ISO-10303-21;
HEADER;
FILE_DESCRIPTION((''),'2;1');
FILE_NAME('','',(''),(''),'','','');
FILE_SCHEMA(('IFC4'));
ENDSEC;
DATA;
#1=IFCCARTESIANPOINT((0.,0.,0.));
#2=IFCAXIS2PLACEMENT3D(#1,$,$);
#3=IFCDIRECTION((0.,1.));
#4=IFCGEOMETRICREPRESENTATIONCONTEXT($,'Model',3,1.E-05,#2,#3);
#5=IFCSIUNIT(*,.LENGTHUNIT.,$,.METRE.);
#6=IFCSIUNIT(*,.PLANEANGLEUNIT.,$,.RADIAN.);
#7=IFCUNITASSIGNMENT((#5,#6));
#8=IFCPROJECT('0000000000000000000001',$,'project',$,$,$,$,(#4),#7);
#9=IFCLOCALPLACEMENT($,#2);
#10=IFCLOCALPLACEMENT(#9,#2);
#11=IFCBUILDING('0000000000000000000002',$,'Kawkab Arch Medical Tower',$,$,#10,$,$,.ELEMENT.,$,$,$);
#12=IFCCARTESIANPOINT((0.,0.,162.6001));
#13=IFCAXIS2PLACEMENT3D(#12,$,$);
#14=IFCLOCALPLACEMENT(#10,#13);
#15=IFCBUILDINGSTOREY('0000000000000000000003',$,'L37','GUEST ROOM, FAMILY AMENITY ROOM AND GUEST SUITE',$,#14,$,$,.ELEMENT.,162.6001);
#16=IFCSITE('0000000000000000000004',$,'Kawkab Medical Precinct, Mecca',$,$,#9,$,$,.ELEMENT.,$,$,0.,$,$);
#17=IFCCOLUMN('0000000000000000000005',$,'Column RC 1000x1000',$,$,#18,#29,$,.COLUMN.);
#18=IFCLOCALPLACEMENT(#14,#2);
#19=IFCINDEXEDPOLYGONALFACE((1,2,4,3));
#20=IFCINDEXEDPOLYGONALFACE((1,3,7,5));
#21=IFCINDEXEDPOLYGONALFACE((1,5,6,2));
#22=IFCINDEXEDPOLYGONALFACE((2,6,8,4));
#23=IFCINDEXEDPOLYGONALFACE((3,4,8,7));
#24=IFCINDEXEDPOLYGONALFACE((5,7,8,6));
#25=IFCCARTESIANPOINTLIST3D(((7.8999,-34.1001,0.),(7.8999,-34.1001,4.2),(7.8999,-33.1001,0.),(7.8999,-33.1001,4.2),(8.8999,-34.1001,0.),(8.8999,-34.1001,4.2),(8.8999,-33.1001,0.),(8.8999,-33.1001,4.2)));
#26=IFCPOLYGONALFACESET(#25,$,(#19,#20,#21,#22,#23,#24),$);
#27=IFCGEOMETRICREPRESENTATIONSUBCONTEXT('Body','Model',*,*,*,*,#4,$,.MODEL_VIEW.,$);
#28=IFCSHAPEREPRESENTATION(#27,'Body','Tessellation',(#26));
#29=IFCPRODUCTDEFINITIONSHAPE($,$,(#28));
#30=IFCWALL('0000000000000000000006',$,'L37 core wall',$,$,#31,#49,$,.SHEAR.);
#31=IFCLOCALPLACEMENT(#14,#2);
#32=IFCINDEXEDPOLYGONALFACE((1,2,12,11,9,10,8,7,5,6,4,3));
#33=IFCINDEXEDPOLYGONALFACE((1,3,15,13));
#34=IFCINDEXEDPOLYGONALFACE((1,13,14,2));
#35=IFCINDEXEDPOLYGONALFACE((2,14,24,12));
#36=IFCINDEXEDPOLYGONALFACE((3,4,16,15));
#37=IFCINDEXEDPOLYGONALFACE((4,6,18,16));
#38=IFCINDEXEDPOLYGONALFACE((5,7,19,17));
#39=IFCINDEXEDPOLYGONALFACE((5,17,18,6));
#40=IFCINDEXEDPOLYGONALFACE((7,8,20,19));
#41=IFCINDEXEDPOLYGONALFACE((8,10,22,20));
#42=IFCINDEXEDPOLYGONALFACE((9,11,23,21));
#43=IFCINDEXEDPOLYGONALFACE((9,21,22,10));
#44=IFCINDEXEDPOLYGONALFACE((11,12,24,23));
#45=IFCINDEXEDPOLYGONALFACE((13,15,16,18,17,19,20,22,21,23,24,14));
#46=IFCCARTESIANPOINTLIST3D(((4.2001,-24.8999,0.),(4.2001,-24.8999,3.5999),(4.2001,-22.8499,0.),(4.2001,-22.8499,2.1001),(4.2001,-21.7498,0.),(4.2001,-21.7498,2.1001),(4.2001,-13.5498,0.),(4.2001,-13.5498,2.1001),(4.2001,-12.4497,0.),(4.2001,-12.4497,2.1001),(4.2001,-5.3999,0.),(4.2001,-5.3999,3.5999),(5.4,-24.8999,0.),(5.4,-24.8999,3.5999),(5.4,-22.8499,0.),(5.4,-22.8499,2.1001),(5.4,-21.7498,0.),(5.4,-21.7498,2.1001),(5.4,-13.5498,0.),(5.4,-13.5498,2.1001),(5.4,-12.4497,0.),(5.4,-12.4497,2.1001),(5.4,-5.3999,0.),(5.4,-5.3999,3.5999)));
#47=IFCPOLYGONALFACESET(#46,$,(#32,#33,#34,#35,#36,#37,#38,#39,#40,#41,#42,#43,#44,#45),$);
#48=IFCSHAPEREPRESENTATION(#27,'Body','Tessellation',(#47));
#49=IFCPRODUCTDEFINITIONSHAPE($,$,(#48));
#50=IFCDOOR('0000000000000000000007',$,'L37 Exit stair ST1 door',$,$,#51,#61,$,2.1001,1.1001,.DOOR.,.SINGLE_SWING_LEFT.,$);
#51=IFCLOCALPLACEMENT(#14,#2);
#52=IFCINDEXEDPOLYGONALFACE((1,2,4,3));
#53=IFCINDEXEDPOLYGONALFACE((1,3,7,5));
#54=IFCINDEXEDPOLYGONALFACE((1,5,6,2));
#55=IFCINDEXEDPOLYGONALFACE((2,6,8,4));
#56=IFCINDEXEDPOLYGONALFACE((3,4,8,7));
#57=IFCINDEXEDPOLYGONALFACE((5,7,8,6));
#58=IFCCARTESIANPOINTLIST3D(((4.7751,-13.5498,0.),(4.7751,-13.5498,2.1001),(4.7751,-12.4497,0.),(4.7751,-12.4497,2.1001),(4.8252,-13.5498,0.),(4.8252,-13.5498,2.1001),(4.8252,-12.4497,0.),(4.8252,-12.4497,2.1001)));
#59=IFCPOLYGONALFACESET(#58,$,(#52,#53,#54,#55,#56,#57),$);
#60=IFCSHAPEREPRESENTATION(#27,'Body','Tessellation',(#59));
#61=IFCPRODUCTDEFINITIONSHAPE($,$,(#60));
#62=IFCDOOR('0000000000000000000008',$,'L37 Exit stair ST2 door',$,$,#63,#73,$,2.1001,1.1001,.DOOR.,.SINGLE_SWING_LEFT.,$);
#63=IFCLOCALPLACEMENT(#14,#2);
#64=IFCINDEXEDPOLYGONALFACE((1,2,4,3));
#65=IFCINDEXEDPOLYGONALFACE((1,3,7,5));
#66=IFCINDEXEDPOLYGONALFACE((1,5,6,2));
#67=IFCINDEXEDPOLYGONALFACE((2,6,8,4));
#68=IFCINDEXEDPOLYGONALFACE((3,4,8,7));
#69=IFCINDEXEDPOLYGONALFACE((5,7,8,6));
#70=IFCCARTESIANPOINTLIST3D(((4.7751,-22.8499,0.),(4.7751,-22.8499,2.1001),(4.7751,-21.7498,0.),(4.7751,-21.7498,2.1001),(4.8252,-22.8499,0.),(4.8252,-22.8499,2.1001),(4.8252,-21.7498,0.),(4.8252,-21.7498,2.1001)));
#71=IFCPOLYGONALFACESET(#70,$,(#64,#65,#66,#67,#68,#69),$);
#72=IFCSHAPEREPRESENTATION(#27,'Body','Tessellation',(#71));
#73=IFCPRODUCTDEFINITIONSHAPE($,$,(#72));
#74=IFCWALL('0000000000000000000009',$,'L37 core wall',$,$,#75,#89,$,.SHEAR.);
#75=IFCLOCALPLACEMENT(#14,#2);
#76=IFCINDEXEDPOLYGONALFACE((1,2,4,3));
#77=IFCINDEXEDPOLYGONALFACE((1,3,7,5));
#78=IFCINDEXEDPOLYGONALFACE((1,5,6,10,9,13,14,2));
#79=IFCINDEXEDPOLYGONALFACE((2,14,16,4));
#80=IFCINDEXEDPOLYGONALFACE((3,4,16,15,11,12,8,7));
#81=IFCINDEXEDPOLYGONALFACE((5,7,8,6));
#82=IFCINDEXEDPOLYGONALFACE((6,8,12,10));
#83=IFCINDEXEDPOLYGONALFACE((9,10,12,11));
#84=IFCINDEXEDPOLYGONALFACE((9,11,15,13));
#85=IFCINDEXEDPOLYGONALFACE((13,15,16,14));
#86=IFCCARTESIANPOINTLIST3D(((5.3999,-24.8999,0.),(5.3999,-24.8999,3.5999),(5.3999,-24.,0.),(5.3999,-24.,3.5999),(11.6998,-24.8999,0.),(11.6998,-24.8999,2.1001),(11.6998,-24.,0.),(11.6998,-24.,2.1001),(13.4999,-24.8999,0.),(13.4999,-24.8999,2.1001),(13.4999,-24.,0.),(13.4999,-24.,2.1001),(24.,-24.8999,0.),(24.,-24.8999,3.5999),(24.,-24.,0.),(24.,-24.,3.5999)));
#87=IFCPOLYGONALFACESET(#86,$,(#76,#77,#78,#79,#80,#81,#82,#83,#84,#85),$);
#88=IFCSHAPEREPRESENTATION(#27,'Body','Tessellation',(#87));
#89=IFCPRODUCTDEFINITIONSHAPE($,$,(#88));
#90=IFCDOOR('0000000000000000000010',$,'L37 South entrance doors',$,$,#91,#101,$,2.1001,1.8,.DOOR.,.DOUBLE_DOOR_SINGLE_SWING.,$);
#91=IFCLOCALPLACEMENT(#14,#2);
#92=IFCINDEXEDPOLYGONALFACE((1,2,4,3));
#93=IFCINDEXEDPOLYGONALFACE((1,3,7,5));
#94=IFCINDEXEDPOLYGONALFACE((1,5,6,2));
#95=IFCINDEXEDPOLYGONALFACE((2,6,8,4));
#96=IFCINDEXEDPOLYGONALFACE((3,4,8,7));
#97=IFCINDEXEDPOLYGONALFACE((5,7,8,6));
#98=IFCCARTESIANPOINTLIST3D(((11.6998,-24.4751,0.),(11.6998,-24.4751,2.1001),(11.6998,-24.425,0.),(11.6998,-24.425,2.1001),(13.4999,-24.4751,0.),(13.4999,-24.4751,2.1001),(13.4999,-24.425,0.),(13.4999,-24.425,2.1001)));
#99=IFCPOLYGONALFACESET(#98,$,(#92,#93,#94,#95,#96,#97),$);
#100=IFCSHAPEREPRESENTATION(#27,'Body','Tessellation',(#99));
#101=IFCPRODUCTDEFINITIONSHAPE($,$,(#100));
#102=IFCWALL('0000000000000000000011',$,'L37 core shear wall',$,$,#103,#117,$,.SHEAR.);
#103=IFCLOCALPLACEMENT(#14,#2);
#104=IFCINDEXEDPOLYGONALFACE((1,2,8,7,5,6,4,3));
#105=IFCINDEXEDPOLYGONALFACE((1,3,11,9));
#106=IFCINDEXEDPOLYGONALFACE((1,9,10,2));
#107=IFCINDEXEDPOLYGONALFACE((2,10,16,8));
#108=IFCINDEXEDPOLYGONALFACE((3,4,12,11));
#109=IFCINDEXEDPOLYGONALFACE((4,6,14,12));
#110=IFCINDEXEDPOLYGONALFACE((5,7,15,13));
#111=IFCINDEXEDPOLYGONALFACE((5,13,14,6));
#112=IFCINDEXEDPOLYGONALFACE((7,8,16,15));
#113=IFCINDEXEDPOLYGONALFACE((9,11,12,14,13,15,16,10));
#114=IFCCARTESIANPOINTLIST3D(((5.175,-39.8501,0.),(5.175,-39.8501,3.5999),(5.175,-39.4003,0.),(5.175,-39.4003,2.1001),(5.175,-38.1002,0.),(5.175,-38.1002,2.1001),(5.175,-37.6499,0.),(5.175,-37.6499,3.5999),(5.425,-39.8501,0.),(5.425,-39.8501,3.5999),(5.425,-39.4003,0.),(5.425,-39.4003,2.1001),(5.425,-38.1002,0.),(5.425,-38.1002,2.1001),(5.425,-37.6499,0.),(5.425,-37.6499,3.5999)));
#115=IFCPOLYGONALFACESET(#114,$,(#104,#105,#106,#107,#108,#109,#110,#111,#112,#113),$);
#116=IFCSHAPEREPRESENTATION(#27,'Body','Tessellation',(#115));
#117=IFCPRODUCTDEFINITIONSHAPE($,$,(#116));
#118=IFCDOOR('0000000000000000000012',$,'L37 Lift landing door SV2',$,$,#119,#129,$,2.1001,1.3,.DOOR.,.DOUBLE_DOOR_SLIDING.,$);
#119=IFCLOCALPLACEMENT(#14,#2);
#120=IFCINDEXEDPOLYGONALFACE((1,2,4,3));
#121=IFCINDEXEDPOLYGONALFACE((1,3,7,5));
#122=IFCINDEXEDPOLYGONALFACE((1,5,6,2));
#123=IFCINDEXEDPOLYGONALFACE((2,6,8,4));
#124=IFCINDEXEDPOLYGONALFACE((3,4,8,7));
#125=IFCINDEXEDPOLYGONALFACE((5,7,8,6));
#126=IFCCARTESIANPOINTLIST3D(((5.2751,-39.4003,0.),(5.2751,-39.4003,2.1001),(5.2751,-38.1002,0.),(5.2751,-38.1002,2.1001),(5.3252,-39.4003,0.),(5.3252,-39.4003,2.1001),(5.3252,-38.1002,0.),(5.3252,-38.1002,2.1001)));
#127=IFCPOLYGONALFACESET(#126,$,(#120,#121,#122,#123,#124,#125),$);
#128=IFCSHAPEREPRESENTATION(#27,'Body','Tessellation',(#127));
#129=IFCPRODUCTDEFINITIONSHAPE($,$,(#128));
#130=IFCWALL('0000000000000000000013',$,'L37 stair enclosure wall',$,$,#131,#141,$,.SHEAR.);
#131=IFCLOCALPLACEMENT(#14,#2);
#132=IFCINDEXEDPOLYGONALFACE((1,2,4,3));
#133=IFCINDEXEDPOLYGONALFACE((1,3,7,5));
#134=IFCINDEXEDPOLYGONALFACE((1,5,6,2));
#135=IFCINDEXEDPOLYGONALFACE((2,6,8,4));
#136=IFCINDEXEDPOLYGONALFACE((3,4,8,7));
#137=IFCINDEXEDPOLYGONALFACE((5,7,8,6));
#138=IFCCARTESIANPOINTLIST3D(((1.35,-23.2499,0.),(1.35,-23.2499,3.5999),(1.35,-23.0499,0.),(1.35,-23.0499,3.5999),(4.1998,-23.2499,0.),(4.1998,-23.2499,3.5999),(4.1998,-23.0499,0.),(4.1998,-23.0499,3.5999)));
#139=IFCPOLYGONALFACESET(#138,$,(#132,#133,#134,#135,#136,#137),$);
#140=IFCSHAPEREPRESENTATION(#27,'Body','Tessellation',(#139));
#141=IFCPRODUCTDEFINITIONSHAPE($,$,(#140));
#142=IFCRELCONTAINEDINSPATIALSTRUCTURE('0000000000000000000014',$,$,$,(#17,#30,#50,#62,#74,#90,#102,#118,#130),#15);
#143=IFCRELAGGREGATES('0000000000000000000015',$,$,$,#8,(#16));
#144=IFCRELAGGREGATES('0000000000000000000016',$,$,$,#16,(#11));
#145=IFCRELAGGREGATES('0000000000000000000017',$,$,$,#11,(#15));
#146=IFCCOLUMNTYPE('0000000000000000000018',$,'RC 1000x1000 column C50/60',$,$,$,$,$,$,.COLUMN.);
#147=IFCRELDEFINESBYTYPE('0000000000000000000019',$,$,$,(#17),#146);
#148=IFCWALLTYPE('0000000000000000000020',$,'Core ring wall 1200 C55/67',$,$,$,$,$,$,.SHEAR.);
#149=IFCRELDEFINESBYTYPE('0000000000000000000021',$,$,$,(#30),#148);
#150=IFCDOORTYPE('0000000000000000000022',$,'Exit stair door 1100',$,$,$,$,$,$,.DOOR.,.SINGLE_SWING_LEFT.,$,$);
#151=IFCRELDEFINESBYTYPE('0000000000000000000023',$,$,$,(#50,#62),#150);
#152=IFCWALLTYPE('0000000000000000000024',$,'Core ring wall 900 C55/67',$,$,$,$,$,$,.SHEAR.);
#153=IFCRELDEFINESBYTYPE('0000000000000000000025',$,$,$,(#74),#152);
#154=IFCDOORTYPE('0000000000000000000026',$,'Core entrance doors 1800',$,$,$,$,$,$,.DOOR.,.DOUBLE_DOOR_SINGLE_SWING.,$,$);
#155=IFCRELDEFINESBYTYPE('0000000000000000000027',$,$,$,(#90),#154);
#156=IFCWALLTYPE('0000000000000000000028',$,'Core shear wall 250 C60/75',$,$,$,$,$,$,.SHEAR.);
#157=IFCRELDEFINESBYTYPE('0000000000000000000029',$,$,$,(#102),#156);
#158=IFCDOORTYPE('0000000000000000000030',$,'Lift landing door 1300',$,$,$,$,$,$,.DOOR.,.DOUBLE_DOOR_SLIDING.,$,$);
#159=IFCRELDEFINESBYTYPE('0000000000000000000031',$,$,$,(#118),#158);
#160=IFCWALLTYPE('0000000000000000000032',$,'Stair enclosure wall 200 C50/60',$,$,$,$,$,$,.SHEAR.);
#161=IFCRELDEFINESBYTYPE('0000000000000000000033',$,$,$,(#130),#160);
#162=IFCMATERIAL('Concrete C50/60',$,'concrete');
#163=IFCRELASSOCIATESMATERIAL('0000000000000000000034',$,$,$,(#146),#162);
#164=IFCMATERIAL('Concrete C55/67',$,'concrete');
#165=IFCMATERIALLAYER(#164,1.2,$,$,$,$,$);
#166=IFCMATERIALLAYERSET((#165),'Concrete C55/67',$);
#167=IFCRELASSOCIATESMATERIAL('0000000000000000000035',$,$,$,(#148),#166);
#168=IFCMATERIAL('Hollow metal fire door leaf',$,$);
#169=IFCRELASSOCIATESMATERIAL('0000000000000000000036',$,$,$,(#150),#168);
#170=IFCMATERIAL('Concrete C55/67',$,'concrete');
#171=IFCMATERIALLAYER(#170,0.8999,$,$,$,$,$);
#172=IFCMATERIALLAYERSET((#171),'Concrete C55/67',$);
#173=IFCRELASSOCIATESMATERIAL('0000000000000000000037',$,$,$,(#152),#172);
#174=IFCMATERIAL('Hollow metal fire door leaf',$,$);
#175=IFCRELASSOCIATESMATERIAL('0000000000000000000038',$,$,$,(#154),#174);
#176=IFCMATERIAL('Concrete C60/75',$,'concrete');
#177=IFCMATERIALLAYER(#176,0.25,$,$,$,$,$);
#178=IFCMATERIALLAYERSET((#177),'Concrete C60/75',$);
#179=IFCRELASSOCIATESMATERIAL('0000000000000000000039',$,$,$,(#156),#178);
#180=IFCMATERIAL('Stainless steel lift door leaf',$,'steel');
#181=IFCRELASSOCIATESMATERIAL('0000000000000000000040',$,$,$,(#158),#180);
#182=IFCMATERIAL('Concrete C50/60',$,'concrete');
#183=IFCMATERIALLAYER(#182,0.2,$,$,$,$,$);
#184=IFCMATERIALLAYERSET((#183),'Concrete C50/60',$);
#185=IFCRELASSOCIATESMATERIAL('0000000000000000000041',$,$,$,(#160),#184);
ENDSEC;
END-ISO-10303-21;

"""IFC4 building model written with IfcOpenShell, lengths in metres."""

from ifc_helpers import new_model, si_unit, direction, frame, frame_2d, origin, origin_2d, place, context, subcontext, project, spatial, rectangle, extrude, material, layer, layer_set, material_profile, profile_set, type_object, element, fill, save


model = new_model("IFC4")

# Units and contexts
model_context = context("Model", 3, precision=1e-05, world=origin(), true_north=direction((0.0, 1.0)))
body_context = subcontext(model_context, "Body", "Model", "MODEL_VIEW")
ifc_project = project(units=[si_unit("LENGTHUNIT", "METRE"), si_unit("PLANEANGLEUNIT", "RADIAN")], contexts=[model_context])

# Site, building, storey
site_placement = place(None, origin())
site = spatial("IfcSite", under=ifc_project, at=site_placement, Name="Kawkab Medical Precinct, Mecca", CompositionType="ELEMENT", RefElevation=0.0)
building_placement = place(site_placement, origin())
building = spatial("IfcBuilding", under=site, at=building_placement, Name="Kawkab Arch Medical Tower", CompositionType="ELEMENT")
storey_placement = place(building_placement, frame((0.0, 0.0, 162.6001)))
storey = spatial("IfcBuildingStorey", under=building, at=storey_placement, Name="L37", Description="GUEST ROOM, FAMILY AMENITY ROOM AND GUEST SUITE", CompositionType="ELEMENT", Elevation=162.6001)

# Column
ifc_material_1 = material(Name="Concrete C50/60", Category="concrete")
ifc_material_profile = material_profile(ifc_material_1, rectangle(XDim=1.0, YDim=1.0, at=origin_2d()), Name="RC 1000x1000")
ifc_profile_set = profile_set([ifc_material_profile], Name="Concrete C50/60")
column_type = type_object("IfcColumnType", Name="RC 1000x1000 column C50/60", PredefinedType="COLUMN", material=ifc_profile_set)
column_placement = place(storey_placement, frame((8.3999, -33.6001, 0.0), z_axis=(0.0, 0.0, 1.0), x_axis=(1.0, 0.0, 0.0)))
element("IfcColumn", 1, at=column_placement, inside=storey, type_object=column_type, Name="Column RC 1000x1000", PredefinedType="COLUMN", context=body_context, shape_type="SweptSolid", body=[
    extrude(rectangle(XDim=1.0, YDim=1.0, at=origin_2d()), origin(), (0.0, 0.0, 1.0), 4.2),
])

# Wall, openings, doors
ifc_material_2 = material(Name="Concrete C55/67", Category="concrete")
ifc_layer_1 = layer(ifc_material_2, 1.2)
ifc_layer_set_1 = layer_set([ifc_layer_1], Name="Concrete C55/67")
wall_type_1 = type_object("IfcWallType", Name="Core ring wall 1200 C55/67", PredefinedType="SHEAR", material=ifc_layer_set_1)
wall_1_placement = place(storey_placement, frame((4.8, -24.8999, 0.0), z_axis=(0.0, 0.0, 1.0), x_axis=(0.0, 1.0, 0.0)))
wall_1 = element("IfcWall", 2, at=wall_1_placement, inside=storey, type_object=wall_type_1, Name="L37 core wall", PredefinedType="SHEAR", context=body_context, shape_type="SweptSolid", body=[
    extrude(rectangle(XDim=19.5, YDim=1.2, at=frame_2d((9.75, 0.0))), origin(), (0.0, 0.0, 1.0), 3.5999),
])
opening_1_placement = place(wall_1_placement, frame((11.3501, 0.0, 0.0)))
opening_1 = element("IfcOpeningElement", 3, at=opening_1_placement, cuts=wall_1, PredefinedType="OPENING", context=body_context, shape_type="SweptSolid", body=[
    extrude(rectangle(XDim=1.1001, YDim=2.1001, at=frame_2d((0.55, 1.05))), frame((0.0, 0.6099, 0.0), z_axis=(0.0, -1.0, 0.0), x_axis=(1.0, 0.0, 0.0)), (0.0, 0.0, 1.0), 1.22),
])
opening_2_placement = place(wall_1_placement, frame((2.05, 0.0, 0.0)))
opening_2 = element("IfcOpeningElement", 4, at=opening_2_placement, cuts=wall_1, PredefinedType="OPENING", context=body_context, shape_type="SweptSolid", body=[
    extrude(rectangle(XDim=1.1001, YDim=2.1001, at=frame_2d((0.55, 1.05))), frame((0.0, 0.6099, 0.0), z_axis=(0.0, -1.0, 0.0), x_axis=(1.0, 0.0, 0.0)), (0.0, 0.0, 1.0), 1.22),
])
ifc_material_3 = material(Name="Hollow metal fire door leaf")
door_type_1 = type_object("IfcDoorType", Name="Exit stair door 1100", OperationType="SINGLE_SWING_LEFT", PredefinedType="DOOR", material=ifc_material_3)
door_1_placement = place(opening_1_placement, origin())
door_1 = element("IfcDoor", 5, at=door_1_placement, inside=storey, type_object=door_type_1, Name="L37 Exit stair ST1 door", OperationType="SINGLE_SWING_LEFT", OverallHeight=2.1001, OverallWidth=1.1001, PredefinedType="DOOR", context=body_context, shape_type="SweptSolid", body=[
    extrude(rectangle(XDim=1.1001, YDim=2.1001, at=frame_2d((0.55, 1.05))), frame((0.0, 0.0249, 0.0), z_axis=(0.0, -1.0, 0.0), x_axis=(1.0, 0.0, 0.0)), (0.0, 0.0, 1.0), 0.05),
])
fill(opening_1, door_1)
door_2_placement = place(opening_2_placement, origin())
door_2 = element("IfcDoor", 6, at=door_2_placement, inside=storey, type_object=door_type_1, Name="L37 Exit stair ST2 door", OperationType="SINGLE_SWING_LEFT", OverallHeight=2.1001, OverallWidth=1.1001, PredefinedType="DOOR", context=body_context, shape_type="SweptSolid", body=[
    extrude(rectangle(XDim=1.1001, YDim=2.1001, at=frame_2d((0.55, 1.05))), frame((0.0, 0.0249, 0.0), z_axis=(0.0, -1.0, 0.0), x_axis=(1.0, 0.0, 0.0)), (0.0, 0.0, 1.0), 0.05),
])
fill(opening_2, door_2)

# Walls, openings, doors
ifc_material_4 = material(Name="Concrete C55/67", Category="concrete")
ifc_layer_2 = layer(ifc_material_4, 0.8999)
ifc_layer_set_2 = layer_set([ifc_layer_2], Name="Concrete C55/67")
wall_type_2 = type_object("IfcWallType", Name="Core ring wall 900 C55/67", PredefinedType="SHEAR", material=ifc_layer_set_2)
wall_2_placement = place(storey_placement, frame((5.3999, -24.45, 0.0), z_axis=(0.0, 0.0, 1.0), x_axis=(1.0, 0.0, 0.0)))
wall_2 = element("IfcWall", 7, at=wall_2_placement, inside=storey, type_object=wall_type_2, Name="L37 core wall", PredefinedType="SHEAR", context=body_context, shape_type="SweptSolid", body=[
    extrude(rectangle(XDim=18.6001, YDim=0.8999, at=frame_2d((9.3, 0.0))), origin(), (0.0, 0.0, 1.0), 3.5999),
])
opening_3_placement = place(wall_2_placement, frame((6.3, 0.0, 0.0)))
opening_3 = element("IfcOpeningElement", 8, at=opening_3_placement, cuts=wall_2, PredefinedType="OPENING", context=body_context, shape_type="SweptSolid", body=[
    extrude(rectangle(XDim=1.8, YDim=2.1001, at=frame_2d((0.8999, 1.05))), frame((0.0, 0.46, 0.0), z_axis=(0.0, -1.0, 0.0), x_axis=(1.0, 0.0, 0.0)), (0.0, 0.0, 1.0), 0.9199),
])
ifc_material_5 = material(Name="Hollow metal fire door leaf")
door_type_2 = type_object("IfcDoorType", Name="Core entrance doors 1800", OperationType="DOUBLE_DOOR_SINGLE_SWING", PredefinedType="DOOR", material=ifc_material_5)
door_3_placement = place(opening_3_placement, origin())
door_3 = element("IfcDoor", 9, at=door_3_placement, inside=storey, type_object=door_type_2, Name="L37 South entrance doors", OperationType="DOUBLE_DOOR_SINGLE_SWING", OverallHeight=2.1001, OverallWidth=1.8, PredefinedType="DOOR", context=body_context, shape_type="SweptSolid", body=[
    extrude(rectangle(XDim=1.8, YDim=2.1001, at=frame_2d((0.8999, 1.05))), frame((0.0, 0.0249, 0.0), z_axis=(0.0, -1.0, 0.0), x_axis=(1.0, 0.0, 0.0)), (0.0, 0.0, 1.0), 0.05),
])
fill(opening_3, door_3)
ifc_material_6 = material(Name="Concrete C60/75", Category="concrete")
ifc_layer_3 = layer(ifc_material_6, 0.25)
ifc_layer_set_3 = layer_set([ifc_layer_3], Name="Concrete C60/75")
wall_type_3 = type_object("IfcWallType", Name="Core shear wall 250 C60/75", PredefinedType="SHEAR", material=ifc_layer_set_3)
wall_3_placement = place(storey_placement, frame((5.3, -39.8501, 0.0), z_axis=(0.0, 0.0, 1.0), x_axis=(0.0, 1.0, 0.0)))
wall_3 = element("IfcWall", 10, at=wall_3_placement, inside=storey, type_object=wall_type_3, Name="L37 core shear wall", PredefinedType="SHEAR", context=body_context, shape_type="SweptSolid", body=[
    extrude(rectangle(XDim=2.2002, YDim=0.25, at=frame_2d((1.1001, 0.0))), origin(), (0.0, 0.0, 1.0), 3.5999),
])
opening_4_placement = place(wall_3_placement, frame((0.45, 0.0, 0.0)))
opening_4 = element("IfcOpeningElement", 11, at=opening_4_placement, cuts=wall_3, PredefinedType="OPENING", context=body_context, shape_type="SweptSolid", body=[
    extrude(rectangle(XDim=1.3, YDim=2.1001, at=frame_2d((0.6499, 1.05))), frame((0.0, 0.135, 0.0), z_axis=(0.0, -1.0, 0.0), x_axis=(1.0, 0.0, 0.0)), (0.0, 0.0, 1.0), 0.27),
])
ifc_material_7 = material(Name="Stainless steel lift door leaf", Category="steel")
door_type_3 = type_object("IfcDoorType", Name="Lift landing door 1300", OperationType="DOUBLE_DOOR_SLIDING", PredefinedType="DOOR", material=ifc_material_7)
door_4_placement = place(opening_4_placement, origin())
door_4 = element("IfcDoor", 12, at=door_4_placement, inside=storey, type_object=door_type_3, Name="L37 Lift landing door SV2", OperationType="DOUBLE_DOOR_SLIDING", OverallHeight=2.1001, OverallWidth=1.3, PredefinedType="DOOR", context=body_context, shape_type="SweptSolid", body=[
    extrude(rectangle(XDim=1.3, YDim=2.1001, at=frame_2d((0.6499, 1.05))), frame((0.0, 0.0249, 0.0), z_axis=(0.0, -1.0, 0.0), x_axis=(1.0, 0.0, 0.0)), (0.0, 0.0, 1.0), 0.05),
])
fill(opening_4, door_4)

# Wall
ifc_material_8 = material(Name="Concrete C50/60", Category="concrete")
ifc_layer_4 = layer(ifc_material_8, 0.2)
ifc_layer_set_4 = layer_set([ifc_layer_4], Name="Concrete C50/60")
wall_type_4 = type_object("IfcWallType", Name="Stair enclosure wall 200 C50/60", PredefinedType="SHEAR", material=ifc_layer_set_4)
wall_4_placement = place(storey_placement, frame((1.3501, -23.1499, 0.0), z_axis=(0.0, 0.0, 1.0), x_axis=(1.0, 0.0, 0.0)))
element("IfcWall", 13, at=wall_4_placement, inside=storey, type_object=wall_type_4, Name="L37 stair enclosure wall", PredefinedType="SHEAR", context=body_context, shape_type="SweptSolid", body=[
    extrude(rectangle(XDim=2.8499, YDim=0.2, at=frame_2d((1.4248, 0.0))), origin(), (0.0, 0.0, 1.0), 3.5999),
])

save(model, "model.ifc")
